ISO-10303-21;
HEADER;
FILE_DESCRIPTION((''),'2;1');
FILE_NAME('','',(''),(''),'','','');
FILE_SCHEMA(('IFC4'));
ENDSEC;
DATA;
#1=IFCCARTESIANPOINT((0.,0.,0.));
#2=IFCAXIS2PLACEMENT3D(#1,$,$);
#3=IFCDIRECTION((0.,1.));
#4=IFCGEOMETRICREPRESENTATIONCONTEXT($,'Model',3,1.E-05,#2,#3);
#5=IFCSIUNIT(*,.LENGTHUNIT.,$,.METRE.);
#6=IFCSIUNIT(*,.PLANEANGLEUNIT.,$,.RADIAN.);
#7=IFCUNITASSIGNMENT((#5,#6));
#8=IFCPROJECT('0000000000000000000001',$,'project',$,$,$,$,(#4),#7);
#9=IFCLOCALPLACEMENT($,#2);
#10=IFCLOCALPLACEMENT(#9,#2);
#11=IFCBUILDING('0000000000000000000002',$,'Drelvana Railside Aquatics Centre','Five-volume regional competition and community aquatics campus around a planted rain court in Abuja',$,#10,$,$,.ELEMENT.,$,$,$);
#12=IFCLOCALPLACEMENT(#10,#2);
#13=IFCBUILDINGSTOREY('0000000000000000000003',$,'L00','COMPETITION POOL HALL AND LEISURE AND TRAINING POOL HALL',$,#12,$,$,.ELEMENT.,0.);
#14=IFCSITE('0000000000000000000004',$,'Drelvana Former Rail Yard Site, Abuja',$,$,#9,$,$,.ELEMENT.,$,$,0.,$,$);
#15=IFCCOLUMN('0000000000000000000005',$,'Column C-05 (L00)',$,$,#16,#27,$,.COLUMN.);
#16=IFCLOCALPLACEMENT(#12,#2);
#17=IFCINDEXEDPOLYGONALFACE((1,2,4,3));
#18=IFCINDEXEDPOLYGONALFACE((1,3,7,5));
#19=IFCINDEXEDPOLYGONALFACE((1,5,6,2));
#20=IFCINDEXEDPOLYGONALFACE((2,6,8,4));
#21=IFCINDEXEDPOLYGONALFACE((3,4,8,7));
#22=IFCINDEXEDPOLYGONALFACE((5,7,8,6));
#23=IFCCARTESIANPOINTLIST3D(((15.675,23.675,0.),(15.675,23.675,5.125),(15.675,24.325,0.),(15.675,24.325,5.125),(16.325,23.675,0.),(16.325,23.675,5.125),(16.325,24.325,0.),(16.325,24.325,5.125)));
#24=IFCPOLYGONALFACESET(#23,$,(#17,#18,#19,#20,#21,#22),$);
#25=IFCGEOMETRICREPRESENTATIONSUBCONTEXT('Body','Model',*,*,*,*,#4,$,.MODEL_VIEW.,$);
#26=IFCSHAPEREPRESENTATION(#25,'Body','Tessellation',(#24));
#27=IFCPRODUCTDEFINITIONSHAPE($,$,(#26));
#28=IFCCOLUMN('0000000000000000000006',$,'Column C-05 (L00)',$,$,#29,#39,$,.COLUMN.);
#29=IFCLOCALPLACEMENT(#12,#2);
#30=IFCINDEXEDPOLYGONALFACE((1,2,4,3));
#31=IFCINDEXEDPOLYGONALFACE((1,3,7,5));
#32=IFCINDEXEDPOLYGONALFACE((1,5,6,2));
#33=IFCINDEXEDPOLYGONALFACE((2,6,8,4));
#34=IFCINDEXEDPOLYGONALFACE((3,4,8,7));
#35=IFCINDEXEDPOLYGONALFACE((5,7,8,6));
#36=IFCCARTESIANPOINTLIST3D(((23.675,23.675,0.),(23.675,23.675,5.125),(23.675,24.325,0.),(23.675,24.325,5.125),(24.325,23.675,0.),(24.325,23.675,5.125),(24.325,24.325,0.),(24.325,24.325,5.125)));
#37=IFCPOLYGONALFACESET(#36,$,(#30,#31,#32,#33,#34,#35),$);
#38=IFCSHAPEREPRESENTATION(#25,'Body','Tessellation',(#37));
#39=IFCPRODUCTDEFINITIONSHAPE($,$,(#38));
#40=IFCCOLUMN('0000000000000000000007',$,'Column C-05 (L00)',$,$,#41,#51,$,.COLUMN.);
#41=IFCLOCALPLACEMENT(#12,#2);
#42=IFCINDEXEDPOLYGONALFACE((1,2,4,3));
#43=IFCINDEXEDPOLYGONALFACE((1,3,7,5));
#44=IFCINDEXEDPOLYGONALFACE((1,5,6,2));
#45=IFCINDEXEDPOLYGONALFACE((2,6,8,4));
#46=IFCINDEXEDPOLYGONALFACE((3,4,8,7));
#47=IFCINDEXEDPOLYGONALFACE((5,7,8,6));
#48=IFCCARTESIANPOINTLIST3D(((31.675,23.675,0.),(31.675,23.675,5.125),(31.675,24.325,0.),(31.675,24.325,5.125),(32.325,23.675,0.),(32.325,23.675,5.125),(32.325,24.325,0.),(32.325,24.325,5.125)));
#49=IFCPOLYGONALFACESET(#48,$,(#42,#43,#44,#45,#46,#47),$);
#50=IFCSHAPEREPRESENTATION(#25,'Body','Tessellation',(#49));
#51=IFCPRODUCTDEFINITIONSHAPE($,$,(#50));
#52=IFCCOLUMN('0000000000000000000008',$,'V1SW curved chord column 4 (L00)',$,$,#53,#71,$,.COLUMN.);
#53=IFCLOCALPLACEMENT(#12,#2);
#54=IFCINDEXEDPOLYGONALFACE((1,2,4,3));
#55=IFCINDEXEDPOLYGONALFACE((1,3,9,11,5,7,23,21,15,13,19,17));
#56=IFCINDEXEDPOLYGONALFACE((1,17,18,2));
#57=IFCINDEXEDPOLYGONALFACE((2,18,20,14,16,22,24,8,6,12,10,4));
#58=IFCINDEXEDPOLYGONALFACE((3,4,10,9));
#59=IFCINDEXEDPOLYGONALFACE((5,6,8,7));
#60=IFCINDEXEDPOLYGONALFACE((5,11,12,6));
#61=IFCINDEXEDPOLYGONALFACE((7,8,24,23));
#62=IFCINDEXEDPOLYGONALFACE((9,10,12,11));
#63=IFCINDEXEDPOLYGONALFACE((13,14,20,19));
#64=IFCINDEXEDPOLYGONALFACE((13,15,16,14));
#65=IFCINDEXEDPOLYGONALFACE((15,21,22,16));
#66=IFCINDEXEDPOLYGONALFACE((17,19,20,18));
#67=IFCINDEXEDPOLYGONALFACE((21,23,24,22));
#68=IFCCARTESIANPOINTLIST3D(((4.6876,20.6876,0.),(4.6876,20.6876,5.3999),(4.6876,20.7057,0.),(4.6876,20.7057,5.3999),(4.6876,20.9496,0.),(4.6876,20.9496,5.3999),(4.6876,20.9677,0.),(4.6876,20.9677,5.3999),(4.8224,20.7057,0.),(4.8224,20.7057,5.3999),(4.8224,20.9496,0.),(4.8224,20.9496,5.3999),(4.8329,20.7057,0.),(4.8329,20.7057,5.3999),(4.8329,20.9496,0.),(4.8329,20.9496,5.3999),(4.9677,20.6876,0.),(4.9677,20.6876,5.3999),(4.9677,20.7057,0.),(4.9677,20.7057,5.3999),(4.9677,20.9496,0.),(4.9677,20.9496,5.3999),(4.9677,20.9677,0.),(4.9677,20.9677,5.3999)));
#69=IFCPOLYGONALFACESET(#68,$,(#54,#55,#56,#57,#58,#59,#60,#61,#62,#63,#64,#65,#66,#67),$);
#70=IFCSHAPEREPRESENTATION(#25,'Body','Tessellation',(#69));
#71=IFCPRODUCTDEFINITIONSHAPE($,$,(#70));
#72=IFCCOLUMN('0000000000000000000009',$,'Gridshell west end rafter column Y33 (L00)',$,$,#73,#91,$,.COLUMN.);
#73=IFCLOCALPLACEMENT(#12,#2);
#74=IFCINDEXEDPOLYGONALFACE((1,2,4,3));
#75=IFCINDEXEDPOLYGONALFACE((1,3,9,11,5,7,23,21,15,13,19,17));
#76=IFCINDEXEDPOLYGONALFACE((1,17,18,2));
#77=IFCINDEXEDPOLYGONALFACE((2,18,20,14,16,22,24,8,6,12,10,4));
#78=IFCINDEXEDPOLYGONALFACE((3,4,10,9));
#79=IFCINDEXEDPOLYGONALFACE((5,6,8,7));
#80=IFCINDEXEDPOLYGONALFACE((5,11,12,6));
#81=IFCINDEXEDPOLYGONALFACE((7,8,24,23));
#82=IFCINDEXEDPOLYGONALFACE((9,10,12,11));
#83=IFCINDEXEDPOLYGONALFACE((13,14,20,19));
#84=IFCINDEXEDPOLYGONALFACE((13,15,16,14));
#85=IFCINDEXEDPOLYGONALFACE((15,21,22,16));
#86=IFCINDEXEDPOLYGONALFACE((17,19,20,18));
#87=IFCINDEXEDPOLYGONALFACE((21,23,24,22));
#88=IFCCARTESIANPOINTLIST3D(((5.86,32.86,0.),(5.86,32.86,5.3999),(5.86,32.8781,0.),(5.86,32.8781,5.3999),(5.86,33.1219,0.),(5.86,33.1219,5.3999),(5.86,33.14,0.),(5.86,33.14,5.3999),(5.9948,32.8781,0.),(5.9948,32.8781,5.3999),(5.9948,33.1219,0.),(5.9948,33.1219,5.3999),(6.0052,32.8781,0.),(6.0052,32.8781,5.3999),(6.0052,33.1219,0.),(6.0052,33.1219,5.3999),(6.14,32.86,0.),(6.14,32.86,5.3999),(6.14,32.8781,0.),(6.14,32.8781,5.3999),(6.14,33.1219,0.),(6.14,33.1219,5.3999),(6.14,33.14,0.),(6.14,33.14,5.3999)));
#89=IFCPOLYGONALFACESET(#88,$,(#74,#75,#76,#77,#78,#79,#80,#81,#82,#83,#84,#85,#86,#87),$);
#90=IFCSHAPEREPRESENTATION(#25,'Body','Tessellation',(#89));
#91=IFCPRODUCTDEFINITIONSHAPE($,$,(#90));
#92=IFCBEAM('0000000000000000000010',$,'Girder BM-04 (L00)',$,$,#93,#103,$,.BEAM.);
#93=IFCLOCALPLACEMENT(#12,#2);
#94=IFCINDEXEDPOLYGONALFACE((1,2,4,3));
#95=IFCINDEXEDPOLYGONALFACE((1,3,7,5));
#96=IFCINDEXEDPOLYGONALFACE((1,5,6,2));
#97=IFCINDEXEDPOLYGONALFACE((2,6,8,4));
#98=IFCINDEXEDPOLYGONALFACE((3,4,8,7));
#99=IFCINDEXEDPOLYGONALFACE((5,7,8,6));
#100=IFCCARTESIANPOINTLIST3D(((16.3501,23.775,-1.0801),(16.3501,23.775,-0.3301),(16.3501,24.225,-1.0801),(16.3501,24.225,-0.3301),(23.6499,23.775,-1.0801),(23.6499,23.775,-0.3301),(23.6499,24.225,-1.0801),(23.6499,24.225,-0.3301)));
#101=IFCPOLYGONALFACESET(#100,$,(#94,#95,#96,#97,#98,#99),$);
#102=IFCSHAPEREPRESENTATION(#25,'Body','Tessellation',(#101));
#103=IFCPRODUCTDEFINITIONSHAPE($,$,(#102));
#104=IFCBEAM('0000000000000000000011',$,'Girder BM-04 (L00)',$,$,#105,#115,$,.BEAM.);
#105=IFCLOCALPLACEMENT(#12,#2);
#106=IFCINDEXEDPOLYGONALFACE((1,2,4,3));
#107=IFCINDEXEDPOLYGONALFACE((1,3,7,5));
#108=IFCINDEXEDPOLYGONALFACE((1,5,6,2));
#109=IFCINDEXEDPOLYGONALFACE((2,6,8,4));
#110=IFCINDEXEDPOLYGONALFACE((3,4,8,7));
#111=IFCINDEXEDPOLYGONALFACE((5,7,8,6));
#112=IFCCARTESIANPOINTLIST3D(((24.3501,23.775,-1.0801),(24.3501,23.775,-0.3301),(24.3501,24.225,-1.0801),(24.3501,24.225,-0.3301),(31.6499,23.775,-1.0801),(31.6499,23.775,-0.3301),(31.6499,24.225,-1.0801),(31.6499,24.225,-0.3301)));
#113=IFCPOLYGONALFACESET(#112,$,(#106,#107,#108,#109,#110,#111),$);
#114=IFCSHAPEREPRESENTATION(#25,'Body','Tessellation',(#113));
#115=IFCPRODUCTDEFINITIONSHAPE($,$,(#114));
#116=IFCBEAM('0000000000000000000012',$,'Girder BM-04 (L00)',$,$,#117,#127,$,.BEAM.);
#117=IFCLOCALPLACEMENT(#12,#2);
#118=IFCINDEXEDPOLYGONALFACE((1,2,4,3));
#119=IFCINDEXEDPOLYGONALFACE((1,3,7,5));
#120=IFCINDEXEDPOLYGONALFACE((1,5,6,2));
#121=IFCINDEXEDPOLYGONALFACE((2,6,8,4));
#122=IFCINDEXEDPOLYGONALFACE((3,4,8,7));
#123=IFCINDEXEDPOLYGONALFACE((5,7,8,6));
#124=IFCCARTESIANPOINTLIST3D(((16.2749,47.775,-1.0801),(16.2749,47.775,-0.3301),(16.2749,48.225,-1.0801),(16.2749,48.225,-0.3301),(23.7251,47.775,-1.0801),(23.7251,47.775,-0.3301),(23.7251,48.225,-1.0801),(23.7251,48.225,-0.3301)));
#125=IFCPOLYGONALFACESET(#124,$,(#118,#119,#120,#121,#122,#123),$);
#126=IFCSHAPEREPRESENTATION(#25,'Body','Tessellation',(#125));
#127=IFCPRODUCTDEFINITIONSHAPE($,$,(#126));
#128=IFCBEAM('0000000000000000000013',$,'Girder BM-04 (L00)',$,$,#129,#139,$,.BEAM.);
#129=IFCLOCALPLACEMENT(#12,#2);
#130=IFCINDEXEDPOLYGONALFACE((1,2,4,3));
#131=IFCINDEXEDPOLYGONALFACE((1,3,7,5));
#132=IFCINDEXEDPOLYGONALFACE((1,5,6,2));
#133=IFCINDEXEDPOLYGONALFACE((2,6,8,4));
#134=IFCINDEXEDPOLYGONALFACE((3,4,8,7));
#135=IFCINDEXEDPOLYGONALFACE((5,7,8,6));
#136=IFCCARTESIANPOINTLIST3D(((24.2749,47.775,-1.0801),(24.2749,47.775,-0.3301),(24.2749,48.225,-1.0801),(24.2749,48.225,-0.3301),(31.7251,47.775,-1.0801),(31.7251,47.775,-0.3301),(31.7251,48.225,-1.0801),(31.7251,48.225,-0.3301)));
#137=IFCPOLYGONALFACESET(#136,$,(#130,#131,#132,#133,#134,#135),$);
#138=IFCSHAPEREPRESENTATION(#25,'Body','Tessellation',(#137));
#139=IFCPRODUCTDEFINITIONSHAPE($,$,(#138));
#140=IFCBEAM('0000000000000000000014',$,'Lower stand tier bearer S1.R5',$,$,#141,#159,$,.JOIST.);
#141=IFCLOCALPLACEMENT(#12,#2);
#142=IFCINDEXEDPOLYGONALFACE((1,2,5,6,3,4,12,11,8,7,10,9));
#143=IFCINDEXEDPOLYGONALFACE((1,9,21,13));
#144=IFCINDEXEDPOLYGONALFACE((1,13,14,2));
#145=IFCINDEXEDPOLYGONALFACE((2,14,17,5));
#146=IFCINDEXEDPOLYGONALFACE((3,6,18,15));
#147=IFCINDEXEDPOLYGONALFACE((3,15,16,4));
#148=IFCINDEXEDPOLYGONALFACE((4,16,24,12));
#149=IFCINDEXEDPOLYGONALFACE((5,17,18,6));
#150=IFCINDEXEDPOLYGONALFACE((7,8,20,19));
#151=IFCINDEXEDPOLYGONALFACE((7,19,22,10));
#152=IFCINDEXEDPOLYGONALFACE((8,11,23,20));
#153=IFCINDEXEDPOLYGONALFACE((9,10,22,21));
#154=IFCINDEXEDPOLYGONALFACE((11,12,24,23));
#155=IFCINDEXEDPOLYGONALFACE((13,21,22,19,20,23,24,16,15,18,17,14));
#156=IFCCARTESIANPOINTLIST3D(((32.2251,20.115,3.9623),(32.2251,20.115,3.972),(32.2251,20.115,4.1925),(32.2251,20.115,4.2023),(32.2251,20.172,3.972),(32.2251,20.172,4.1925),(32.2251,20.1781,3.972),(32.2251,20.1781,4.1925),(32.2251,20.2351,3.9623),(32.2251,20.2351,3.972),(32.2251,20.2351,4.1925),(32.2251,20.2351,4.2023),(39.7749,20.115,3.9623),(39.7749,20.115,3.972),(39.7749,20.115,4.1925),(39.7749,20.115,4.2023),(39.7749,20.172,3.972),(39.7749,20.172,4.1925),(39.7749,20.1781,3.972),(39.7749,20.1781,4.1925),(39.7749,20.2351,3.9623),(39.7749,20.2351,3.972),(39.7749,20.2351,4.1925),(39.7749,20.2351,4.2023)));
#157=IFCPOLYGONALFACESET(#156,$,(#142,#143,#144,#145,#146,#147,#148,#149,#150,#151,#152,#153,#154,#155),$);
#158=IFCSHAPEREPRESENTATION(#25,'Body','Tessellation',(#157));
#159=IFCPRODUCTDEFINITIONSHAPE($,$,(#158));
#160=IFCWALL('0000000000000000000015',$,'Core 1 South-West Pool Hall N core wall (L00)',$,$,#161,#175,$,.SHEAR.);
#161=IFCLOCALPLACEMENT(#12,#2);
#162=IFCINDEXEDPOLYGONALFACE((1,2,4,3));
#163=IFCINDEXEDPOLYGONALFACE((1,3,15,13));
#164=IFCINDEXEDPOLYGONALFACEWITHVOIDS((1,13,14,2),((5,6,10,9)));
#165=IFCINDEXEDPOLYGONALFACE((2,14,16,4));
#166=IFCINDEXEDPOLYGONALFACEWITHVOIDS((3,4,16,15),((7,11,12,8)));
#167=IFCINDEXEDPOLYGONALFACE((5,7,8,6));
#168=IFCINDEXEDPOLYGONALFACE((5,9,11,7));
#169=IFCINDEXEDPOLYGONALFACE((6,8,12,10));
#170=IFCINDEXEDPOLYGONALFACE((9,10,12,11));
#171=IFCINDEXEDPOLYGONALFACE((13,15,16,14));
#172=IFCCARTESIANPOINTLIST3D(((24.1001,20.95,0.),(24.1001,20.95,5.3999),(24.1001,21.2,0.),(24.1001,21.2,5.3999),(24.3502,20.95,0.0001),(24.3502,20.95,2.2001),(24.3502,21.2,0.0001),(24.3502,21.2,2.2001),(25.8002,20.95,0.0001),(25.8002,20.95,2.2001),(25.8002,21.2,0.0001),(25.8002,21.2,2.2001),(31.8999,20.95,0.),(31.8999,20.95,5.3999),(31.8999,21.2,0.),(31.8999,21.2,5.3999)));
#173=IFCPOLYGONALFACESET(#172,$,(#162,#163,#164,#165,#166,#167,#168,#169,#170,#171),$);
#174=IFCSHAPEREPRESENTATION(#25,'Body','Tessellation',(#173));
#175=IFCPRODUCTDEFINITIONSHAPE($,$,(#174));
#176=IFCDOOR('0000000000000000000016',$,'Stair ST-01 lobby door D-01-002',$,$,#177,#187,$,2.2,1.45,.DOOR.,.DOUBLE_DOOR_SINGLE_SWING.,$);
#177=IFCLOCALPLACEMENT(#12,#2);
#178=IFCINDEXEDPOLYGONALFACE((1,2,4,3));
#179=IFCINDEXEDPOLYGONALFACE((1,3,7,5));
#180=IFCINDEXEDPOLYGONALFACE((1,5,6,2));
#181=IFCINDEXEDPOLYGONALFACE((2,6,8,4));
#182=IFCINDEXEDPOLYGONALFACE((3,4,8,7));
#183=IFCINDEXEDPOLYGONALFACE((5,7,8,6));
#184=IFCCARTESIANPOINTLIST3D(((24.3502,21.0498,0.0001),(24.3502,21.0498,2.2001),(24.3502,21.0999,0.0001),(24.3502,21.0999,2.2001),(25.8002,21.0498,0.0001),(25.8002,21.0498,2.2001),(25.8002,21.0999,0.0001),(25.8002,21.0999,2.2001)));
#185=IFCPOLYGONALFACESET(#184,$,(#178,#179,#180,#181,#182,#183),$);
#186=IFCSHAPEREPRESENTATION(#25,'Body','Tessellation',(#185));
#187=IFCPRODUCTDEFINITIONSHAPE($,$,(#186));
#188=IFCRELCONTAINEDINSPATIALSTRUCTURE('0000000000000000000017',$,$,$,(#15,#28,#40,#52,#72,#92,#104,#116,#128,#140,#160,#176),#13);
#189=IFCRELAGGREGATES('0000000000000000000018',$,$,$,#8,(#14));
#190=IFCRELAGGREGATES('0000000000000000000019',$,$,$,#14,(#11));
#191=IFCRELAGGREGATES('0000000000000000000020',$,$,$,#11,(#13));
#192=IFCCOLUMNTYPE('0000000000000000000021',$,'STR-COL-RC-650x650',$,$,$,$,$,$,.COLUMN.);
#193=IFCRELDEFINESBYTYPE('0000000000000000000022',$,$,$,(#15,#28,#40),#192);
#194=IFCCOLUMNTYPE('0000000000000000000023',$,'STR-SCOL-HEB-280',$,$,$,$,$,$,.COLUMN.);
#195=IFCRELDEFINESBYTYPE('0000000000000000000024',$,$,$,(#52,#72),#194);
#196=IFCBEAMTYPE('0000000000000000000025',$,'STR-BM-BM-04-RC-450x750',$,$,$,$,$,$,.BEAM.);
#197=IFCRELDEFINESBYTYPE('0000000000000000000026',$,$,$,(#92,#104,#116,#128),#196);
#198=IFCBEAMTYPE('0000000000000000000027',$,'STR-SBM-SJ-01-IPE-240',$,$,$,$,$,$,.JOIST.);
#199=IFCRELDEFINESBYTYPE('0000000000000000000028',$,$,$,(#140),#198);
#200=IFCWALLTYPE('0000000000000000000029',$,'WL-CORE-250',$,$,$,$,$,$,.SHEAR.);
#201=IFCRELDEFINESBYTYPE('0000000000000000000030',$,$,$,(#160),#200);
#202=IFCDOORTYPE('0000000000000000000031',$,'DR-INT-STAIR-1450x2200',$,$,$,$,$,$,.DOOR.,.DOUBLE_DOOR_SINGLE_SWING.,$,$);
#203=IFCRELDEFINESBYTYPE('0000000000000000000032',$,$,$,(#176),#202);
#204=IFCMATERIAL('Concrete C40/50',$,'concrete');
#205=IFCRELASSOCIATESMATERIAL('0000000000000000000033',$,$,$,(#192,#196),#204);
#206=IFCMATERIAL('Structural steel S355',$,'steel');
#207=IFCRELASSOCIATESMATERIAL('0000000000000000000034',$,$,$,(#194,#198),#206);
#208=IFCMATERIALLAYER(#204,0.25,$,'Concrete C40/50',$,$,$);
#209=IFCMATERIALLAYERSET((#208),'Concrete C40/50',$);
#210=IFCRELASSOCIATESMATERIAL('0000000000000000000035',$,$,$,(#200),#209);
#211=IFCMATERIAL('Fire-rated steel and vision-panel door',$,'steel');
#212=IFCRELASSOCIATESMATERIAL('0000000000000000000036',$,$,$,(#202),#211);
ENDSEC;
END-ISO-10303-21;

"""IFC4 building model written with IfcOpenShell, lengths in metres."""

from ifc_helpers import new_model, si_unit, direction, frame, frame_2d, origin, origin_2d, place, context, subcontext, project, spatial, rectangle, i_section, extrude, material, layer, layer_set, material_profile, profile_set, type_object, element, fill, save


model = new_model("IFC4")

# Units and contexts
model_context = context("Model", 3, precision=1e-05, world=origin(), true_north=direction((0.0, 1.0)))
body_context = subcontext(model_context, "Body", "Model", "MODEL_VIEW")
ifc_project = project(units=[si_unit("LENGTHUNIT", "METRE"), si_unit("PLANEANGLEUNIT", "RADIAN")], contexts=[model_context])

# Site, building, storey
site_placement = place(None, origin())
site = spatial("IfcSite", under=ifc_project, at=site_placement, Name="Drelvana Former Rail Yard Site, Abuja", CompositionType="ELEMENT", RefElevation=0.0)
building_placement = place(site_placement, origin())
building = spatial("IfcBuilding", under=site, at=building_placement, Name="Drelvana Railside Aquatics Centre", Description="Five-volume regional competition and community aquatics campus around a planted rain court in Abuja", CompositionType="ELEMENT")
storey_placement = place(building_placement, origin())
storey = spatial("IfcBuildingStorey", under=building, at=storey_placement, Name="L00", Description="COMPETITION POOL HALL AND LEISURE AND TRAINING POOL HALL", CompositionType="ELEMENT", Elevation=0.0)

# Columns
ifc_material_1 = material(Name="Concrete C40/50", Category="concrete")
ifc_material_profile_1 = material_profile(ifc_material_1, rectangle(XDim=0.6499, YDim=0.6499, at=origin_2d()), Name="RC 650x650")
ifc_profile_set_1 = profile_set([ifc_material_profile_1], Name="Concrete C40/50")
column_type_1 = type_object("IfcColumnType", Name="STR-COL-RC-650x650", PredefinedType="COLUMN", material=ifc_profile_set_1)
for number, where, z_axis, x_axis, name in (
    (1, (16.0, 24.0, 0.0), (0.0, 0.0, 1.0), (1.0, 0.0, 0.0), "Column C-05 (L00)"),
    (2, (24.0, 24.0, 0.0), (0.0, 0.0, 1.0), (1.0, 0.0, 0.0), "Column C-05 (L00)"),
    (3, (32.0, 24.0, 0.0), (0.0, 0.0, 1.0), (1.0, 0.0, 0.0), "Column C-05 (L00)"),
):
    element("IfcColumn", number, at=place(storey_placement, frame(where, z_axis=z_axis, x_axis=x_axis)), inside=storey, type_object=column_type_1, Name=name, PredefinedType="COLUMN", context=body_context, shape_type="SweptSolid", body=[
        extrude(rectangle(XDim=0.6499, YDim=0.6499, at=origin_2d()), origin(), (0.0, 0.0, 1.0), 5.125),
    ])
ifc_material_2 = material(Name="Structural steel S355", Category="steel")
ifc_material_profile_2 = material_profile(ifc_material_2, i_section(OverallWidth=0.28, OverallDepth=0.28, WebThickness=0.0105, FlangeThickness=0.0181, at=origin_2d()), Name="HEB 280")
ifc_profile_set_2 = profile_set([ifc_material_profile_2], Name="Structural steel S355")
column_type_2 = type_object("IfcColumnType", Name="STR-SCOL-HEB-280", PredefinedType="COLUMN", material=ifc_profile_set_2)
for number, where, z_axis, x_axis, name in (
    (4, (4.8276, 20.8276, 0.0), (0.0, 0.0, 1.0), (1.0, 0.0, 0.0), "V1SW curved chord column 4 (L00)"),
    (5, (6.0, 33.0, 0.0), (0.0, 0.0, 1.0), (1.0, 0.0, 0.0), "Gridshell west end rafter column Y33 (L00)"),
):
    element("IfcColumn", number, at=place(storey_placement, frame(where, z_axis=z_axis, x_axis=x_axis)), inside=storey, type_object=column_type_2, Name=name, PredefinedType="COLUMN", context=body_context, shape_type="SweptSolid", body=[
        extrude(i_section(OverallWidth=0.28, OverallDepth=0.28, WebThickness=0.0105, FlangeThickness=0.0181, at=origin_2d()), origin(), (0.0, 0.0, 1.0), 5.3999),
    ])

# Beams
ifc_material_profile_3 = material_profile(ifc_material_1, rectangle(XDim=0.45, YDim=0.75, at=origin_2d()), Name="RC 450x750")
ifc_profile_set_3 = profile_set([ifc_material_profile_3], Name="Concrete C40/50")
beam_type_1 = type_object("IfcBeamType", Name="STR-BM-BM-04-RC-450x750", PredefinedType="BEAM", material=ifc_profile_set_3)
for number, where, z_axis, x_axis, name in (
    (6, (16.3501, 24.0, -0.7051), (1.0, 0.0, 0.0), (0.0, 1.0, 0.0), "Girder BM-04 (L00)"),
    (7, (24.3501, 24.0, -0.7051), (1.0, 0.0, 0.0), (0.0, 1.0, 0.0), "Girder BM-04 (L00)"),
):
    element("IfcBeam", number, at=place(storey_placement, frame(where, z_axis=z_axis, x_axis=x_axis)), inside=storey, type_object=beam_type_1, Name=name, PredefinedType="BEAM", context=body_context, shape_type="SweptSolid", body=[
        extrude(rectangle(XDim=0.45, YDim=0.75, at=origin_2d()), origin(), (0.0, 0.0, 1.0), 7.2998),
    ])
for number, where, z_axis, x_axis, name in (
    (8, (16.2749, 48.0, -0.7051), (1.0, 0.0, 0.0), (0.0, 1.0, 0.0), "Girder BM-04 (L00)"),
    (9, (24.2749, 48.0, -0.7051), (1.0, 0.0, 0.0), (0.0, 1.0, 0.0), "Girder BM-04 (L00)"),
):
    element("IfcBeam", number, at=place(storey_placement, frame(where, z_axis=z_axis, x_axis=x_axis)), inside=storey, type_object=beam_type_1, Name=name, PredefinedType="BEAM", context=body_context, shape_type="SweptSolid", body=[
        extrude(rectangle(XDim=0.45, YDim=0.75, at=origin_2d()), origin(), (0.0, 0.0, 1.0), 7.4502),
    ])
ifc_material_profile_4 = material_profile(ifc_material_2, i_section(OverallWidth=0.1201, OverallDepth=0.24, WebThickness=0.0061, FlangeThickness=0.0098, at=origin_2d()), Name="IPE 240")
ifc_profile_set_4 = profile_set([ifc_material_profile_4], Name="Structural steel S355")
beam_type_2 = type_object("IfcBeamType", Name="STR-SBM-SJ-01-IPE-240", PredefinedType="JOIST", material=ifc_profile_set_4)
beam_placement = place(storey_placement, frame((32.2251, 20.175, 4.0823), z_axis=(1.0, 0.0, 0.0), x_axis=(0.0, 1.0, 0.0)))
element("IfcBeam", 10, at=beam_placement, inside=storey, type_object=beam_type_2, Name="Lower stand tier bearer S1.R5", PredefinedType="JOIST", context=body_context, shape_type="SweptSolid", body=[
    extrude(i_section(OverallWidth=0.1201, OverallDepth=0.24, WebThickness=0.0061, FlangeThickness=0.0098, at=origin_2d()), origin(), (0.0, 0.0, 1.0), 7.5498),
])

# Wall, opening, door
ifc_layer_1 = layer(ifc_material_1, 0.25, Name="Concrete C40/50")
ifc_layer_set_1 = layer_set([ifc_layer_1], Name="Concrete C40/50")
wall_type_1 = type_object("IfcWallType", Name="WL-CORE-250", PredefinedType="SHEAR", material=ifc_layer_set_1)
wall_1_placement = place(storey_placement, frame((24.1001, 21.075, 0.0), z_axis=(0.0, 0.0, 1.0), x_axis=(1.0, 0.0, 0.0)))
wall_1 = element("IfcWall", 11, at=wall_1_placement, inside=storey, type_object=wall_type_1, Name="Core 1 South-West Pool Hall N core wall (L00)", PredefinedType="SHEAR", context=body_context, shape_type="SweptSolid", body=[
    extrude(rectangle(XDim=7.7998, YDim=0.25, at=frame_2d((3.8999, 0.0))), origin(), (0.0, 0.0, 1.0), 5.3999),
])
opening_1_placement = place(wall_1_placement, frame((0.25, 0.0, 0.0)))
opening_1 = element("IfcOpeningElement", 12, at=opening_1_placement, cuts=wall_1, PredefinedType="OPENING", context=body_context, shape_type="SweptSolid", body=[
    extrude(rectangle(XDim=1.45, YDim=2.2, at=frame_2d((0.7251, 1.1001))), frame((0.0, 0.135, 0.0), z_axis=(0.0, -1.0, 0.0), x_axis=(1.0, 0.0, 0.0)), (0.0, 0.0, 1.0), 0.27),
])
ifc_material_3 = material(Name="Fire-rated steel and vision-panel door", Category="steel")
door_type_1 = type_object("IfcDoorType", Name="DR-INT-STAIR-1450x2200", OperationType="DOUBLE_DOOR_SINGLE_SWING", PredefinedType="DOOR", material=ifc_material_3)
door_1_placement = place(opening_1_placement, origin())
door_1 = element("IfcDoor", 13, at=door_1_placement, inside=storey, type_object=door_type_1, Name="Stair ST-01 lobby door D-01-002", OperationType="DOUBLE_DOOR_SINGLE_SWING", OverallHeight=2.2, OverallWidth=1.45, PredefinedType="DOOR", context=body_context, shape_type="SweptSolid", body=[
    extrude(rectangle(XDim=1.45, YDim=2.2, at=frame_2d((0.7251, 1.1001))), frame((0.0, 0.0249, 0.0), z_axis=(0.0, -1.0, 0.0), x_axis=(1.0, 0.0, 0.0)), (0.0, 0.0, 1.0), 0.05),
])
fill(opening_1, door_1)

save(model, "model.ifc")
